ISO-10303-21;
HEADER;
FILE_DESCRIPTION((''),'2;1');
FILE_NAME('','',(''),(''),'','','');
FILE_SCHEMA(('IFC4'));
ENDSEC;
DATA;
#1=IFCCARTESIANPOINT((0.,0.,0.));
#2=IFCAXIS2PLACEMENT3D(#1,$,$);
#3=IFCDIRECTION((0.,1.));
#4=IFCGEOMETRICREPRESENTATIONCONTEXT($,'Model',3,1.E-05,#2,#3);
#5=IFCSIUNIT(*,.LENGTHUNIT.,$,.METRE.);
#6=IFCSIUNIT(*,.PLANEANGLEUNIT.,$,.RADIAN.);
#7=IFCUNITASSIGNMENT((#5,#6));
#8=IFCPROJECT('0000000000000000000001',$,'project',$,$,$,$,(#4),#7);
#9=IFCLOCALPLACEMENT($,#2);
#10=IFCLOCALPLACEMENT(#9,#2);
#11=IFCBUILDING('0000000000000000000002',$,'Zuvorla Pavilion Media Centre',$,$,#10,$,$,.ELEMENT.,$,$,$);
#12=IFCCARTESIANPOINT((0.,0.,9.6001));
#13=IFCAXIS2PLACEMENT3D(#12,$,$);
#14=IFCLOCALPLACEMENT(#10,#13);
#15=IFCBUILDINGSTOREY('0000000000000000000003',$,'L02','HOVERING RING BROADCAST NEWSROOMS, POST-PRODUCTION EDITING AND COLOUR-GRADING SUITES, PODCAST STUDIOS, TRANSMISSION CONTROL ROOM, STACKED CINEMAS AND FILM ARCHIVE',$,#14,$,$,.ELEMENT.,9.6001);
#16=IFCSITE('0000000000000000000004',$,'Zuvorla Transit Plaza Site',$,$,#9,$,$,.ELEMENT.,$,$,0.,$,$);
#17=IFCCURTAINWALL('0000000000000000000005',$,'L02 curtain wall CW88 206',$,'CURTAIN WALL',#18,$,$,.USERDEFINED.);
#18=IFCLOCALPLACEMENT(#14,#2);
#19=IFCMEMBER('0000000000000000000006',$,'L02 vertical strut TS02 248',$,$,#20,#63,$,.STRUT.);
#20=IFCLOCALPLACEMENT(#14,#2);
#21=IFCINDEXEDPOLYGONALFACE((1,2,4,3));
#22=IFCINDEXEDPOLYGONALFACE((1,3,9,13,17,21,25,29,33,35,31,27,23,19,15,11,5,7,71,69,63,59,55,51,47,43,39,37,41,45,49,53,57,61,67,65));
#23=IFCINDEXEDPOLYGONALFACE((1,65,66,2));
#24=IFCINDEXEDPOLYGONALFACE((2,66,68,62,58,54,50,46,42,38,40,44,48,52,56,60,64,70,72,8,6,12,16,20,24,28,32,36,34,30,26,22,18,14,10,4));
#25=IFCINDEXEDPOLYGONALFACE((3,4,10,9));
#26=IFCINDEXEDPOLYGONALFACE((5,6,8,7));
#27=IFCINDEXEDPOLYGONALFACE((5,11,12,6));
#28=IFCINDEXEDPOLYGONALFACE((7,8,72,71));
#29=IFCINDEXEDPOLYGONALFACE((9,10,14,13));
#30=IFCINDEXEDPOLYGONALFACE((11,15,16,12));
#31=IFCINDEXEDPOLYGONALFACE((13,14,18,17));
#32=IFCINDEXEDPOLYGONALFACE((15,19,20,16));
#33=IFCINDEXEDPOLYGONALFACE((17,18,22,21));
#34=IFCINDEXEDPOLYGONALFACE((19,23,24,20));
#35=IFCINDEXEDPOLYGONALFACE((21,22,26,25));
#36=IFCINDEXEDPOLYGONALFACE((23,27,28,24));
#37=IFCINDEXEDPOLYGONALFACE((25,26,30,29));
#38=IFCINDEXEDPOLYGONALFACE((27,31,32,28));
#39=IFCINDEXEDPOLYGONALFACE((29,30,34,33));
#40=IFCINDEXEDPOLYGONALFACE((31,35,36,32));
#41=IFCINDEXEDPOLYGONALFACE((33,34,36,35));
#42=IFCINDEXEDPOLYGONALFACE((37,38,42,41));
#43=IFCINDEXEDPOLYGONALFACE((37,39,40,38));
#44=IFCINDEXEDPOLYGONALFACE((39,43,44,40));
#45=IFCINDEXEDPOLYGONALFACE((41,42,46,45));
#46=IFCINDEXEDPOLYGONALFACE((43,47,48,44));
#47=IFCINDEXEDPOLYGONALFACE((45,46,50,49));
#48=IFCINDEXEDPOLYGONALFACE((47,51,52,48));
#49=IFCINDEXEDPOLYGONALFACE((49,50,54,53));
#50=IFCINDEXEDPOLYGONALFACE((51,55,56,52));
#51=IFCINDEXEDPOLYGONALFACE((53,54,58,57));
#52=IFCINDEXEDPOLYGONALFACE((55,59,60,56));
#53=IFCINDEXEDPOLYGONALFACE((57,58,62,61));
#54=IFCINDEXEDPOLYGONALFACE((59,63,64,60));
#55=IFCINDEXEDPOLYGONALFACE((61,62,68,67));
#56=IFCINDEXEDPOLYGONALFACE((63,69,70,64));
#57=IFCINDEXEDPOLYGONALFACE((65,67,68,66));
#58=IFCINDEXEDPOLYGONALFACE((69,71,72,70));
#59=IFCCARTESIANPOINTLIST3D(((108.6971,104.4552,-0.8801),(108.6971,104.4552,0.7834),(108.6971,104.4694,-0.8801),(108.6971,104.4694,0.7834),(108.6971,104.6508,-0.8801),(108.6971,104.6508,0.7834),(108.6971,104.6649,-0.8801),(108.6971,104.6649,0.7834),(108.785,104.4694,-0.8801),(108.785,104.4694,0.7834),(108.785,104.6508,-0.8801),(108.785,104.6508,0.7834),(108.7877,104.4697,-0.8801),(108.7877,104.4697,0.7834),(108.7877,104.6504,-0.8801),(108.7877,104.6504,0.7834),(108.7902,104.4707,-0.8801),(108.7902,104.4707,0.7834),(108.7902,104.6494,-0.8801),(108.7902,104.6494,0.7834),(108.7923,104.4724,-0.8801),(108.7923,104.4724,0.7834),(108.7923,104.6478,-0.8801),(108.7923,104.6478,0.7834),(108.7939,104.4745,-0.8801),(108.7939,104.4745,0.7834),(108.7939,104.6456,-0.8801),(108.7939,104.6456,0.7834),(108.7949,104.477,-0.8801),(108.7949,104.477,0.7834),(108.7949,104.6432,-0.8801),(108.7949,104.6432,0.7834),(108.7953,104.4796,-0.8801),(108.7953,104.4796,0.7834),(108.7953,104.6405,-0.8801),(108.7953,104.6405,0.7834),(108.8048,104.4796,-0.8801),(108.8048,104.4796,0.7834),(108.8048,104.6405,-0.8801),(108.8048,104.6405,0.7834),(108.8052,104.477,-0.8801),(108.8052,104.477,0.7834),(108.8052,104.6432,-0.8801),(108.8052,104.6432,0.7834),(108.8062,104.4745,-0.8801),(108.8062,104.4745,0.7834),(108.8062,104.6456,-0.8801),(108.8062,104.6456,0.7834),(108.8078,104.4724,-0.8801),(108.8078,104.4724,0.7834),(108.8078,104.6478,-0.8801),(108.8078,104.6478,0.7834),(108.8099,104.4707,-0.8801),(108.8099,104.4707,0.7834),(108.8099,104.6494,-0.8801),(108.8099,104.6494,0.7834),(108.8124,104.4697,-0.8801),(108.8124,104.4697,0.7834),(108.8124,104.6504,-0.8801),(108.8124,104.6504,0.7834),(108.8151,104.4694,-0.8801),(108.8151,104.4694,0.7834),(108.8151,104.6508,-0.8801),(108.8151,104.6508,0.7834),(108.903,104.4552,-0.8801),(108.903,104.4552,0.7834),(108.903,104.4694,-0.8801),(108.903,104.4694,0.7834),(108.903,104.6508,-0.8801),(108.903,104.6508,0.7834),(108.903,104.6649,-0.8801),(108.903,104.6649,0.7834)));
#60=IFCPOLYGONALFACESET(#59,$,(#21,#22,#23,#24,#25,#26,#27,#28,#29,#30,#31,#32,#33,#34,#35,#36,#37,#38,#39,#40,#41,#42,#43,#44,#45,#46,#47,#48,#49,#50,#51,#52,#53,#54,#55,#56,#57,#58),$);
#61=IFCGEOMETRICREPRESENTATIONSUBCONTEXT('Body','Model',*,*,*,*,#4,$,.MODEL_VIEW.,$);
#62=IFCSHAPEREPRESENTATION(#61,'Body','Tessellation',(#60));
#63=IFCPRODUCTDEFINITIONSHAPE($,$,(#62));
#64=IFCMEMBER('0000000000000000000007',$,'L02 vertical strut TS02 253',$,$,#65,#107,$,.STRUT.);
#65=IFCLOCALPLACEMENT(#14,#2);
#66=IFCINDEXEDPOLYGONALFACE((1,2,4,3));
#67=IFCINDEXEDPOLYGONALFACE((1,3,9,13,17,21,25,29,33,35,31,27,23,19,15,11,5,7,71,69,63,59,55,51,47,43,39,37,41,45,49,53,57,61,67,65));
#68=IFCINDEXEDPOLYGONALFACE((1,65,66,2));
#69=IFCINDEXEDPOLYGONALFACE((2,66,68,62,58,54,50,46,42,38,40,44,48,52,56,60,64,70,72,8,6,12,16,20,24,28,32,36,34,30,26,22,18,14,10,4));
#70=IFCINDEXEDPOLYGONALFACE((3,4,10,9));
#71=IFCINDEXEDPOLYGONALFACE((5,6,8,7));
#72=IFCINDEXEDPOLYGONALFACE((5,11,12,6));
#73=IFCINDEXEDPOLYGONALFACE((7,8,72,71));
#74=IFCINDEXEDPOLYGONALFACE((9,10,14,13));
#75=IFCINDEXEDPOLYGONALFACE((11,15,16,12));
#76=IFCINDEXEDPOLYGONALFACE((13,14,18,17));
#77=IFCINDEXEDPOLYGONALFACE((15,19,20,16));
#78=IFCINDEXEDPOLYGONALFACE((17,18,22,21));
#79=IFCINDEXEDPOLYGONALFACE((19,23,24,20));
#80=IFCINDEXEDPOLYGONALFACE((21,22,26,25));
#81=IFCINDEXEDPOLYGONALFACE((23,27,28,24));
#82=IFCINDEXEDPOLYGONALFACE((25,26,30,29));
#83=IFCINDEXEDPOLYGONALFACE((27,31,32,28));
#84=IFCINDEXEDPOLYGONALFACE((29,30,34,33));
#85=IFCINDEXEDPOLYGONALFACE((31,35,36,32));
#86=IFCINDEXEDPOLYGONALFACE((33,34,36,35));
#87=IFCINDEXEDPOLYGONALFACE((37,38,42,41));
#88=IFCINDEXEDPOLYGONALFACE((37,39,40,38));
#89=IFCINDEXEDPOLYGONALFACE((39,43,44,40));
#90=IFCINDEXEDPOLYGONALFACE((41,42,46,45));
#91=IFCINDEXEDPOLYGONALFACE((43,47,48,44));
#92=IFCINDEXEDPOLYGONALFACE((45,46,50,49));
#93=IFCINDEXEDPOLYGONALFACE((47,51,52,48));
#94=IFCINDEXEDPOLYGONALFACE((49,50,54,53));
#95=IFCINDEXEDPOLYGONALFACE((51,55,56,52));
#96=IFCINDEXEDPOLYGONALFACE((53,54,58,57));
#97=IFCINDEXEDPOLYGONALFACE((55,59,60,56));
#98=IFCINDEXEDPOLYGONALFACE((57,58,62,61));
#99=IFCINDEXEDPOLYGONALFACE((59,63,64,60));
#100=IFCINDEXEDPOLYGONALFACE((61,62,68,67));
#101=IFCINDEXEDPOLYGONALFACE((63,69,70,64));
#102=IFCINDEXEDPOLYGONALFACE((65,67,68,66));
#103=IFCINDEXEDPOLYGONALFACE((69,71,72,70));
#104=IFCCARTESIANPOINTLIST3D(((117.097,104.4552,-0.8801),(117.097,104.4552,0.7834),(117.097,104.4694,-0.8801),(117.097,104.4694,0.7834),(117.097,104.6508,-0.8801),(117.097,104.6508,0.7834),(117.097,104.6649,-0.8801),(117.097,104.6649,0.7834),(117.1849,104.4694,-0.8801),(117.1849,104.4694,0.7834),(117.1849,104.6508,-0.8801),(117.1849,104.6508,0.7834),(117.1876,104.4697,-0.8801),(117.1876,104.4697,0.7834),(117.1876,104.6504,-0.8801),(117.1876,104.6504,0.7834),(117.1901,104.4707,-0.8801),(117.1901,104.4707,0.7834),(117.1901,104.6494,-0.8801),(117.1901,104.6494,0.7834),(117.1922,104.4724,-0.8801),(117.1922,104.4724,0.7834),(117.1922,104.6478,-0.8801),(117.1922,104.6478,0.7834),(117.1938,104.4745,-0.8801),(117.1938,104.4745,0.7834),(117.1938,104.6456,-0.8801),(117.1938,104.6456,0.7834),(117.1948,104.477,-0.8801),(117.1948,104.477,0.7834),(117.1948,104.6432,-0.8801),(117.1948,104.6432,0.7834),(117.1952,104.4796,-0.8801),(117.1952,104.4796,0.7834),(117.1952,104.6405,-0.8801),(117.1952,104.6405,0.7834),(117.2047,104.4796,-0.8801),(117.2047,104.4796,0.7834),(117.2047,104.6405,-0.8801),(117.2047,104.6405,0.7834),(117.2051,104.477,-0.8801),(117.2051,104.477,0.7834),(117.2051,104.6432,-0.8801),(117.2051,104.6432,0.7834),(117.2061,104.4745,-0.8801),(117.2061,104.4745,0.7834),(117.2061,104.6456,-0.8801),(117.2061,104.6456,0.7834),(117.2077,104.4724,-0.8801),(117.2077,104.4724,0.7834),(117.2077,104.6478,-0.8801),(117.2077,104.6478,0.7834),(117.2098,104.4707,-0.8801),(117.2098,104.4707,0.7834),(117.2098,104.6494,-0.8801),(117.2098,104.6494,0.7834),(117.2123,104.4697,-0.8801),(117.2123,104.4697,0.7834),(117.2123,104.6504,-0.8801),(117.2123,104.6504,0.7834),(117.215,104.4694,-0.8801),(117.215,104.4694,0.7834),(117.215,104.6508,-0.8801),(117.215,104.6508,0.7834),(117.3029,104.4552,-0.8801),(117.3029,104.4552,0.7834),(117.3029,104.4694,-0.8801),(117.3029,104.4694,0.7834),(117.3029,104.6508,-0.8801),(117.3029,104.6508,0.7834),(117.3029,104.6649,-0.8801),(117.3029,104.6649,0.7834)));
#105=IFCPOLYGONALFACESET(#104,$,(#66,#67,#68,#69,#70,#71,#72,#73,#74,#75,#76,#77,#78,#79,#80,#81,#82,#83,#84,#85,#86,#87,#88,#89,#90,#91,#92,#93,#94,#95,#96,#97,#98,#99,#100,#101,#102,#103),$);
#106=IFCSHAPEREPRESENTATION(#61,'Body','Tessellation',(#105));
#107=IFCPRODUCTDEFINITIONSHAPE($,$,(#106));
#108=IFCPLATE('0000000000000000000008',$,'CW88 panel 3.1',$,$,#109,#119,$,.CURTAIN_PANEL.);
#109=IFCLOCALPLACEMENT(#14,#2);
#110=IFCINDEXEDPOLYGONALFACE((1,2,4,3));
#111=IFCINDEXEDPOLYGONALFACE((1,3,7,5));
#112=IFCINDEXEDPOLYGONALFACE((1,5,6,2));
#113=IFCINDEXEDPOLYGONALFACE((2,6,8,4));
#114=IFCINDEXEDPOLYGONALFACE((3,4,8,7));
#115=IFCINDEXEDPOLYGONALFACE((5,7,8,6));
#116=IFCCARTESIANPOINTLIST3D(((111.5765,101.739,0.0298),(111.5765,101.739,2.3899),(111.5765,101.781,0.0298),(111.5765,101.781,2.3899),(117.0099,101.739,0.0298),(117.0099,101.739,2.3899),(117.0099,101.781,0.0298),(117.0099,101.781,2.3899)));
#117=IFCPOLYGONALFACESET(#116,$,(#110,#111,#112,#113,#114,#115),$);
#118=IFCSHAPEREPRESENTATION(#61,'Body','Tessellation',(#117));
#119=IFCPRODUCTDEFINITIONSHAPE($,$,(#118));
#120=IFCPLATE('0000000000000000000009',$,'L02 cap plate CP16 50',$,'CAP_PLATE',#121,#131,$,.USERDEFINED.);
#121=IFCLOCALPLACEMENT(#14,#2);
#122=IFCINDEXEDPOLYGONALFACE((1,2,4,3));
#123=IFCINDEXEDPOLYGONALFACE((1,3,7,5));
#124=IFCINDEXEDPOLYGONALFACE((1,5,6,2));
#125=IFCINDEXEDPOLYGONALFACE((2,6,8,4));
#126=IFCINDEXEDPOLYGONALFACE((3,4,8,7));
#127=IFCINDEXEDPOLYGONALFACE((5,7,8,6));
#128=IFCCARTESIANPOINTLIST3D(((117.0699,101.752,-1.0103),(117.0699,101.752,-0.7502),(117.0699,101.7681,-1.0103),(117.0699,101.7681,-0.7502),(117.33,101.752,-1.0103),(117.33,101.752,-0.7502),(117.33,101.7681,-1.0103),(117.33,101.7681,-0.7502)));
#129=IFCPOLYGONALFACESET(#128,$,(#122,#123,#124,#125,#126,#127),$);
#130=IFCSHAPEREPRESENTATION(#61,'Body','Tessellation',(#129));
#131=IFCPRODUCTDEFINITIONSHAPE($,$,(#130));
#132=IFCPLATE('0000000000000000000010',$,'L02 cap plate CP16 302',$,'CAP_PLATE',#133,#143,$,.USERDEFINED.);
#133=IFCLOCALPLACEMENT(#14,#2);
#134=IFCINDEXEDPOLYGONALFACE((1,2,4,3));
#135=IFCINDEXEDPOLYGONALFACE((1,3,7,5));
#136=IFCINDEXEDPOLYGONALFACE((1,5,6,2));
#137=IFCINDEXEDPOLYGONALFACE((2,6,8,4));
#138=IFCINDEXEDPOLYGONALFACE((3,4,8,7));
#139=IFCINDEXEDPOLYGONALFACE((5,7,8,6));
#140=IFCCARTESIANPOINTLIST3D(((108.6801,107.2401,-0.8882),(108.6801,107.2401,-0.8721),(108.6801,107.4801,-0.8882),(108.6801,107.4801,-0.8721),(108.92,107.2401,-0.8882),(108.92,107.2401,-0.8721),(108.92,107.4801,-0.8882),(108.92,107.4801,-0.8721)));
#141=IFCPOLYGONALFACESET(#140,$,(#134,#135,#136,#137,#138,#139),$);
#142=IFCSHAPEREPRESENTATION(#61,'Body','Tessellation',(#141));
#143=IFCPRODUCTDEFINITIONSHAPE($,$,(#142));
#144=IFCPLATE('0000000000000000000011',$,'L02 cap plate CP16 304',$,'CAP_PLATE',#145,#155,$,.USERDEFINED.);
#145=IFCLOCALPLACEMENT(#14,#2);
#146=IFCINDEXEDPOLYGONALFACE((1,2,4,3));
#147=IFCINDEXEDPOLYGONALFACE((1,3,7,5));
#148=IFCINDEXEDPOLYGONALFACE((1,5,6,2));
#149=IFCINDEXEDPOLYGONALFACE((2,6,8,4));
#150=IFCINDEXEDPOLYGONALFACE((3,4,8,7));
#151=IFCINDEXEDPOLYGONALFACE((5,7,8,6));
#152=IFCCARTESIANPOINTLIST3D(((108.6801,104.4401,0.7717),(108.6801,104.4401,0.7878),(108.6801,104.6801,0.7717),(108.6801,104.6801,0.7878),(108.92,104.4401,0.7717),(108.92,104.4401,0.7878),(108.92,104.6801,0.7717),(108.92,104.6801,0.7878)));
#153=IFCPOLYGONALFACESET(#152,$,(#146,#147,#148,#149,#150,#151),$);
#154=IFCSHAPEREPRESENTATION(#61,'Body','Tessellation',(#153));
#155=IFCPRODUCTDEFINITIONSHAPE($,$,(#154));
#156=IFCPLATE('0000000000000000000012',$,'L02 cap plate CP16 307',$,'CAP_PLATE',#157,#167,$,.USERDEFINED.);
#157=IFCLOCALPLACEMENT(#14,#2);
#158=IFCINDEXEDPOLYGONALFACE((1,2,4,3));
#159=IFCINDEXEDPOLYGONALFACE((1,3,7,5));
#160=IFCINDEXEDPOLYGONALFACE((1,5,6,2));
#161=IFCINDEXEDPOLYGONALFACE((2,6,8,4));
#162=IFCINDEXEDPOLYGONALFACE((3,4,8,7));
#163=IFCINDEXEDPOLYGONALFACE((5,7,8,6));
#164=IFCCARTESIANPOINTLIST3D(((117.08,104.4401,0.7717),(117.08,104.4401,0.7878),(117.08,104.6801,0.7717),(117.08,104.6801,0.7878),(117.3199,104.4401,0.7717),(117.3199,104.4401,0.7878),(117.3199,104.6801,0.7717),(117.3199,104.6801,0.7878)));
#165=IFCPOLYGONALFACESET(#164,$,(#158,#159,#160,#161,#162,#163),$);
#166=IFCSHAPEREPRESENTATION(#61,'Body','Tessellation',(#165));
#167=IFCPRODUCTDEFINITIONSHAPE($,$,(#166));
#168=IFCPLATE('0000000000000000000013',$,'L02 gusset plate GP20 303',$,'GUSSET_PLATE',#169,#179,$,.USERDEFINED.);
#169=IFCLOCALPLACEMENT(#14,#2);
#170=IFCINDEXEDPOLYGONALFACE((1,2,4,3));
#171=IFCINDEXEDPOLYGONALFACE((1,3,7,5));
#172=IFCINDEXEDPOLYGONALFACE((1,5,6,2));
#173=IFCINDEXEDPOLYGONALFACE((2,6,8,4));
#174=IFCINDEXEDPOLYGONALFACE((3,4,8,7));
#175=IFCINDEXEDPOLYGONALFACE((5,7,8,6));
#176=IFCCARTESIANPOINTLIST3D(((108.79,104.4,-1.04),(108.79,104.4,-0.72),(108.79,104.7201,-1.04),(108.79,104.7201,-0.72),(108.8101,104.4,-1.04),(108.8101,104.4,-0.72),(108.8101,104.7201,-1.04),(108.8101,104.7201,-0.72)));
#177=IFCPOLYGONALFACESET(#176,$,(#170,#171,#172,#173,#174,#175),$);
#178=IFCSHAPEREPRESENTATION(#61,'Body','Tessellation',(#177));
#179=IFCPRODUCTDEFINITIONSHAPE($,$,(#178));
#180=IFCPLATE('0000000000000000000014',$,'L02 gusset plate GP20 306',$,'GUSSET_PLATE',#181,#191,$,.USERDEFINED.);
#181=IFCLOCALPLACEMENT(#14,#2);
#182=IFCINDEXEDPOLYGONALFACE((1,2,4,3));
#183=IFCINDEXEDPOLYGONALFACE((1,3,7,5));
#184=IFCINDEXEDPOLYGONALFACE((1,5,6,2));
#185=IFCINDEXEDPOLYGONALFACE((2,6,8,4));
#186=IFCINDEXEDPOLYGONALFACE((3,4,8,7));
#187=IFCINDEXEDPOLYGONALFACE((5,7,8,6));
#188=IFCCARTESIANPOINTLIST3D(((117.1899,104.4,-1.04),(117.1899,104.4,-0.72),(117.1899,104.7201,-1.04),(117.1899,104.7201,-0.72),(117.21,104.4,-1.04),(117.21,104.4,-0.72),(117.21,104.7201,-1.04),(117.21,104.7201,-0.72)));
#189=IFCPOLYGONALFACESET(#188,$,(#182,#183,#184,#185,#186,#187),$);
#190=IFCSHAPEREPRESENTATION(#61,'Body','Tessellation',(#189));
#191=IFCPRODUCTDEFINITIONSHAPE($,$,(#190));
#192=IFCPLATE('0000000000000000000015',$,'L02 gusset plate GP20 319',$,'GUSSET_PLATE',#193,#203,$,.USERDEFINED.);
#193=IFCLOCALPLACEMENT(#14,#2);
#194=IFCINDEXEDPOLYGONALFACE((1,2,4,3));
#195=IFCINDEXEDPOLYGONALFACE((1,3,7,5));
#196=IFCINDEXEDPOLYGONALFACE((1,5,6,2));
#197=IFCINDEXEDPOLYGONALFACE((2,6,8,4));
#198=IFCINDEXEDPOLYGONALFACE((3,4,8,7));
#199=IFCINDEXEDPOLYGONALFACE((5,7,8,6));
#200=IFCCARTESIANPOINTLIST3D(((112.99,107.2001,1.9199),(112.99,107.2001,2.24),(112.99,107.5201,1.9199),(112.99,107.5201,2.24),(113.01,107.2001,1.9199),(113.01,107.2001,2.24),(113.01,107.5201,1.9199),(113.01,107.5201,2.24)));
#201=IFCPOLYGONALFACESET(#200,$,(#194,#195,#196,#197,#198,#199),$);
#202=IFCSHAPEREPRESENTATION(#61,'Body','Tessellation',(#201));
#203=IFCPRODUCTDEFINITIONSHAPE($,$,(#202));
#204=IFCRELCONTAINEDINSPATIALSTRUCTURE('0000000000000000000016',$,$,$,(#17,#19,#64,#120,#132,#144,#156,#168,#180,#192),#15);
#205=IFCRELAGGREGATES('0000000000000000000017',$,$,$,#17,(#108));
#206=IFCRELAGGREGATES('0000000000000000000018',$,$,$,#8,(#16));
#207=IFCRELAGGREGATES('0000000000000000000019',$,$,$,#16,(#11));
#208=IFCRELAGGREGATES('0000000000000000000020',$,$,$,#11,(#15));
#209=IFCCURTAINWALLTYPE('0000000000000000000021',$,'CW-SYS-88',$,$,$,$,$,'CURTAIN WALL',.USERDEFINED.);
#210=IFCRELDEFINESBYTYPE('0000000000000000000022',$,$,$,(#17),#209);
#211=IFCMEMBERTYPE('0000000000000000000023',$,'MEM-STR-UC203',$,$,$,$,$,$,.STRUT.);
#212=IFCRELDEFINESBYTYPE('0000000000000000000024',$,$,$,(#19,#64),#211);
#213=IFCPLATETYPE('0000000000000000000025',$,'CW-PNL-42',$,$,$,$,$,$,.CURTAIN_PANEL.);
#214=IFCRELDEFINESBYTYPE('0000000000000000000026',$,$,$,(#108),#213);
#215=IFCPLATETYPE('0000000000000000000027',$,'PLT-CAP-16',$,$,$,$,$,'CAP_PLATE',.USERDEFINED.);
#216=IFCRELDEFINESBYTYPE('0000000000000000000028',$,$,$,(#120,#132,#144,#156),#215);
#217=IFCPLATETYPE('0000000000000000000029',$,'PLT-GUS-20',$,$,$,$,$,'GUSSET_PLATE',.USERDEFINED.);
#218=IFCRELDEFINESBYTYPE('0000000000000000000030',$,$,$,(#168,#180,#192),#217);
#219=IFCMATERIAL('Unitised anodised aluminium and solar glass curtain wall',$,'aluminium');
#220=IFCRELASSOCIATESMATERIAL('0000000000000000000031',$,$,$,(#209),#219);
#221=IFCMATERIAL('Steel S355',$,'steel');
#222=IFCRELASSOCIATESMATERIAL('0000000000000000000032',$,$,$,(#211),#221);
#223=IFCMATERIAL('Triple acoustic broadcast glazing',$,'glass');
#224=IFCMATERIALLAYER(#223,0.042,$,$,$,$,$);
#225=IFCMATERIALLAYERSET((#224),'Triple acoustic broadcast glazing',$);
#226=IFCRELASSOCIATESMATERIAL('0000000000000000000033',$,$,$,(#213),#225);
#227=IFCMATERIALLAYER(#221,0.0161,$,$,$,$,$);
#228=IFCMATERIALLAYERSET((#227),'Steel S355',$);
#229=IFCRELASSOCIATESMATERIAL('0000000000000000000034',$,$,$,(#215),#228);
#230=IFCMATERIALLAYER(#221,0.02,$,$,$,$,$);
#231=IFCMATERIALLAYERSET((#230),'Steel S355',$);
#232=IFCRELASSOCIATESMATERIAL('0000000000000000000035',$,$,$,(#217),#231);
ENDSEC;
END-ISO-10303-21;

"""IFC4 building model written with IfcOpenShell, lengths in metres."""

from ifc_helpers import new_model, si_unit, direction, frame, origin, origin_2d, place, context, subcontext, project, spatial, rectangle, i_section, extrude, material, layer, layer_set, material_profile, profile_set, type_object, element, aggregate, save


model = new_model("IFC4")

# Units and contexts
model_context = context("Model", 3, precision=1e-05, world=origin(), true_north=direction((0.0, 1.0)))
body_context = subcontext(model_context, "Body", "Model", "MODEL_VIEW")
ifc_project = project(units=[si_unit("LENGTHUNIT", "METRE"), si_unit("PLANEANGLEUNIT", "RADIAN")], contexts=[model_context])

# Site, building, storey
site_placement = place(None, origin())
site = spatial("IfcSite", under=ifc_project, at=site_placement, Name="Zuvorla Transit Plaza Site", CompositionType="ELEMENT", RefElevation=0.0)
building_placement = place(site_placement, origin())
building = spatial("IfcBuilding", under=site, at=building_placement, Name="Zuvorla Pavilion Media Centre", CompositionType="ELEMENT")
storey_placement = place(building_placement, frame((0.0, 0.0, 9.6001)))
storey = spatial("IfcBuildingStorey", under=building, at=storey_placement, Name="L02", Description="HOVERING RING BROADCAST NEWSROOMS, POST-PRODUCTION EDITING AND COLOUR-GRADING SUITES, PODCAST STUDIOS, TRANSMISSION CONTROL ROOM, STACKED CINEMAS AND FILM ARCHIVE", CompositionType="ELEMENT", Elevation=9.6001)

# Curtain wall
ifc_material_1 = material(Name="Unitised anodised aluminium and solar glass curtain wall", Category="aluminium")
curtain_wall_type = type_object("IfcCurtainWallType", Name="CW-SYS-88", ElementType="CURTAIN WALL", PredefinedType="USERDEFINED", material=ifc_material_1)
curtain_wall_placement = place(storey_placement, origin())
curtain_wall = element("IfcCurtainWall", 1, at=curtain_wall_placement, inside=storey, type_object=curtain_wall_type, Name="L02 curtain wall CW88 206", ObjectType="CURTAIN WALL", PredefinedType="USERDEFINED")

# Members
ifc_material_2 = material(Name="Steel S355", Category="steel")
ifc_material_profile_1 = material_profile(ifc_material_2, i_section(OverallWidth=0.2058, OverallDepth=0.2097, WebThickness=0.0095, FlangeThickness=0.0142, FilletRadius=0.0103, at=origin_2d()), Name="UC 203x203x60")
ifc_profile_set_1 = profile_set([ifc_material_profile_1], Name="Steel S355")
member_type_1 = type_object("IfcMemberType", Name="MEM-STR-UC203", PredefinedType="STRUT", material=ifc_profile_set_1)
for number, where, z_axis, x_axis, name in (
    (2, (108.8, 104.5601, -0.8801), (0.0, 0.0, 1.0), (1.0, 0.0, 0.0), "L02 vertical strut TS02 248"),
    (3, (117.2, 104.5601, -0.8801), (0.0, 0.0, 1.0), (1.0, 0.0, 0.0), "L02 vertical strut TS02 253"),
):
    element("IfcMember", number, at=place(storey_placement, frame(where, z_axis=z_axis, x_axis=x_axis)), inside=storey, type_object=member_type_1, Name=name, PredefinedType="STRUT", context=body_context, shape_type="SweptSolid", body=[
        extrude(i_section(OverallWidth=0.2058, OverallDepth=0.2097, WebThickness=0.0095, FlangeThickness=0.0142, FilletRadius=0.0103, at=origin_2d()), origin(), (0.0, 0.0, 1.0), 1.6636),
    ])

# Plate
ifc_material_3 = material(Name="Triple acoustic broadcast glazing", Category="glass")
ifc_layer_1 = layer(ifc_material_3, 0.042)
ifc_layer_set_1 = layer_set([ifc_layer_1], Name="Triple acoustic broadcast glazing")
plate_type_1 = type_object("IfcPlateType", Name="CW-PNL-42", PredefinedType="CURTAIN_PANEL", material=ifc_layer_set_1)
plate_1_placement = place(storey_placement, frame((114.2932, 101.76, 0.0298), z_axis=(0.0, 0.0, 1.0), x_axis=(1.0, 0.0, 0.0)))
plate_1 = element("IfcPlate", 4, at=plate_1_placement, type_object=plate_type_1, Name="CW88 panel 3.1", PredefinedType="CURTAIN_PANEL", context=body_context, shape_type="SweptSolid", body=[
    extrude(rectangle(XDim=5.4333, YDim=0.042, at=origin_2d()), origin(), (0.0, 0.0, 1.0), 2.3601),
])
aggregate(curtain_wall, [plate_1])

# Plates
ifc_layer_2 = layer(ifc_material_2, 0.0161)
ifc_layer_set_2 = layer_set([ifc_layer_2], Name="Steel S355")
plate_type_2 = type_object("IfcPlateType", Name="PLT-CAP-16", ElementType="CAP_PLATE", PredefinedType="USERDEFINED", material=ifc_layer_set_2)
plate_2_placement = place(storey_placement, frame((117.2, 101.76, -1.0103), z_axis=(0.0, 0.0, 1.0), x_axis=(1.0, 0.0, 0.0)))
element("IfcPlate", 5, at=plate_2_placement, inside=storey, type_object=plate_type_2, Name="L02 cap plate CP16 50", ObjectType="CAP_PLATE", PredefinedType="USERDEFINED", context=body_context, shape_type="SweptSolid", body=[
    extrude(rectangle(XDim=0.26, YDim=0.0161, at=origin_2d()), origin(), (0.0, 0.0, 1.0), 0.26),
])
for number, where, z_axis, x_axis, name in (
    (6, (108.8, 107.3601, -0.8882), (0.0, 0.0, 1.0), (1.0, 0.0, 0.0), "L02 cap plate CP16 302"),
    (7, (108.8, 104.5601, 0.7717), (0.0, 0.0, 1.0), (1.0, 0.0, 0.0), "L02 cap plate CP16 304"),
    (8, (117.2, 104.5601, 0.7717), (0.0, 0.0, 1.0), (1.0, 0.0, 0.0), "L02 cap plate CP16 307"),
):
    element("IfcPlate", number, at=place(storey_placement, frame(where, z_axis=z_axis, x_axis=x_axis)), inside=storey, type_object=plate_type_2, Name=name, ObjectType="CAP_PLATE", PredefinedType="USERDEFINED", context=body_context, shape_type="SweptSolid", body=[
        extrude(rectangle(XDim=0.24, YDim=0.24, at=origin_2d()), origin(), (0.0, 0.0, 1.0), 0.0161),
    ])
ifc_layer_3 = layer(ifc_material_2, 0.02)
ifc_layer_set_3 = layer_set([ifc_layer_3], Name="Steel S355")
plate_type_3 = type_object("IfcPlateType", Name="PLT-GUS-20", ElementType="GUSSET_PLATE", PredefinedType="USERDEFINED", material=ifc_layer_set_3)
for number, where, z_axis, x_axis, name in (
    (9, (108.8, 104.5601, -1.04), (0.0, 0.0, 1.0), (1.0, 0.0, 0.0), "L02 gusset plate GP20 303"),
    (10, (117.2, 104.5601, -1.04), (0.0, 0.0, 1.0), (1.0, 0.0, 0.0), "L02 gusset plate GP20 306"),
    (11, (113.0, 107.3601, 1.9199), (0.0, 0.0, 1.0), (1.0, 0.0, 0.0), "L02 gusset plate GP20 319"),
):
    element("IfcPlate", number, at=place(storey_placement, frame(where, z_axis=z_axis, x_axis=x_axis)), inside=storey, type_object=plate_type_3, Name=name, ObjectType="GUSSET_PLATE", PredefinedType="USERDEFINED", context=body_context, shape_type="SweptSolid", body=[
        extrude(rectangle(XDim=0.02, YDim=0.3201, at=origin_2d()), origin(), (0.0, 0.0, 1.0), 0.3201),
    ])

save(model, "model.ifc")
